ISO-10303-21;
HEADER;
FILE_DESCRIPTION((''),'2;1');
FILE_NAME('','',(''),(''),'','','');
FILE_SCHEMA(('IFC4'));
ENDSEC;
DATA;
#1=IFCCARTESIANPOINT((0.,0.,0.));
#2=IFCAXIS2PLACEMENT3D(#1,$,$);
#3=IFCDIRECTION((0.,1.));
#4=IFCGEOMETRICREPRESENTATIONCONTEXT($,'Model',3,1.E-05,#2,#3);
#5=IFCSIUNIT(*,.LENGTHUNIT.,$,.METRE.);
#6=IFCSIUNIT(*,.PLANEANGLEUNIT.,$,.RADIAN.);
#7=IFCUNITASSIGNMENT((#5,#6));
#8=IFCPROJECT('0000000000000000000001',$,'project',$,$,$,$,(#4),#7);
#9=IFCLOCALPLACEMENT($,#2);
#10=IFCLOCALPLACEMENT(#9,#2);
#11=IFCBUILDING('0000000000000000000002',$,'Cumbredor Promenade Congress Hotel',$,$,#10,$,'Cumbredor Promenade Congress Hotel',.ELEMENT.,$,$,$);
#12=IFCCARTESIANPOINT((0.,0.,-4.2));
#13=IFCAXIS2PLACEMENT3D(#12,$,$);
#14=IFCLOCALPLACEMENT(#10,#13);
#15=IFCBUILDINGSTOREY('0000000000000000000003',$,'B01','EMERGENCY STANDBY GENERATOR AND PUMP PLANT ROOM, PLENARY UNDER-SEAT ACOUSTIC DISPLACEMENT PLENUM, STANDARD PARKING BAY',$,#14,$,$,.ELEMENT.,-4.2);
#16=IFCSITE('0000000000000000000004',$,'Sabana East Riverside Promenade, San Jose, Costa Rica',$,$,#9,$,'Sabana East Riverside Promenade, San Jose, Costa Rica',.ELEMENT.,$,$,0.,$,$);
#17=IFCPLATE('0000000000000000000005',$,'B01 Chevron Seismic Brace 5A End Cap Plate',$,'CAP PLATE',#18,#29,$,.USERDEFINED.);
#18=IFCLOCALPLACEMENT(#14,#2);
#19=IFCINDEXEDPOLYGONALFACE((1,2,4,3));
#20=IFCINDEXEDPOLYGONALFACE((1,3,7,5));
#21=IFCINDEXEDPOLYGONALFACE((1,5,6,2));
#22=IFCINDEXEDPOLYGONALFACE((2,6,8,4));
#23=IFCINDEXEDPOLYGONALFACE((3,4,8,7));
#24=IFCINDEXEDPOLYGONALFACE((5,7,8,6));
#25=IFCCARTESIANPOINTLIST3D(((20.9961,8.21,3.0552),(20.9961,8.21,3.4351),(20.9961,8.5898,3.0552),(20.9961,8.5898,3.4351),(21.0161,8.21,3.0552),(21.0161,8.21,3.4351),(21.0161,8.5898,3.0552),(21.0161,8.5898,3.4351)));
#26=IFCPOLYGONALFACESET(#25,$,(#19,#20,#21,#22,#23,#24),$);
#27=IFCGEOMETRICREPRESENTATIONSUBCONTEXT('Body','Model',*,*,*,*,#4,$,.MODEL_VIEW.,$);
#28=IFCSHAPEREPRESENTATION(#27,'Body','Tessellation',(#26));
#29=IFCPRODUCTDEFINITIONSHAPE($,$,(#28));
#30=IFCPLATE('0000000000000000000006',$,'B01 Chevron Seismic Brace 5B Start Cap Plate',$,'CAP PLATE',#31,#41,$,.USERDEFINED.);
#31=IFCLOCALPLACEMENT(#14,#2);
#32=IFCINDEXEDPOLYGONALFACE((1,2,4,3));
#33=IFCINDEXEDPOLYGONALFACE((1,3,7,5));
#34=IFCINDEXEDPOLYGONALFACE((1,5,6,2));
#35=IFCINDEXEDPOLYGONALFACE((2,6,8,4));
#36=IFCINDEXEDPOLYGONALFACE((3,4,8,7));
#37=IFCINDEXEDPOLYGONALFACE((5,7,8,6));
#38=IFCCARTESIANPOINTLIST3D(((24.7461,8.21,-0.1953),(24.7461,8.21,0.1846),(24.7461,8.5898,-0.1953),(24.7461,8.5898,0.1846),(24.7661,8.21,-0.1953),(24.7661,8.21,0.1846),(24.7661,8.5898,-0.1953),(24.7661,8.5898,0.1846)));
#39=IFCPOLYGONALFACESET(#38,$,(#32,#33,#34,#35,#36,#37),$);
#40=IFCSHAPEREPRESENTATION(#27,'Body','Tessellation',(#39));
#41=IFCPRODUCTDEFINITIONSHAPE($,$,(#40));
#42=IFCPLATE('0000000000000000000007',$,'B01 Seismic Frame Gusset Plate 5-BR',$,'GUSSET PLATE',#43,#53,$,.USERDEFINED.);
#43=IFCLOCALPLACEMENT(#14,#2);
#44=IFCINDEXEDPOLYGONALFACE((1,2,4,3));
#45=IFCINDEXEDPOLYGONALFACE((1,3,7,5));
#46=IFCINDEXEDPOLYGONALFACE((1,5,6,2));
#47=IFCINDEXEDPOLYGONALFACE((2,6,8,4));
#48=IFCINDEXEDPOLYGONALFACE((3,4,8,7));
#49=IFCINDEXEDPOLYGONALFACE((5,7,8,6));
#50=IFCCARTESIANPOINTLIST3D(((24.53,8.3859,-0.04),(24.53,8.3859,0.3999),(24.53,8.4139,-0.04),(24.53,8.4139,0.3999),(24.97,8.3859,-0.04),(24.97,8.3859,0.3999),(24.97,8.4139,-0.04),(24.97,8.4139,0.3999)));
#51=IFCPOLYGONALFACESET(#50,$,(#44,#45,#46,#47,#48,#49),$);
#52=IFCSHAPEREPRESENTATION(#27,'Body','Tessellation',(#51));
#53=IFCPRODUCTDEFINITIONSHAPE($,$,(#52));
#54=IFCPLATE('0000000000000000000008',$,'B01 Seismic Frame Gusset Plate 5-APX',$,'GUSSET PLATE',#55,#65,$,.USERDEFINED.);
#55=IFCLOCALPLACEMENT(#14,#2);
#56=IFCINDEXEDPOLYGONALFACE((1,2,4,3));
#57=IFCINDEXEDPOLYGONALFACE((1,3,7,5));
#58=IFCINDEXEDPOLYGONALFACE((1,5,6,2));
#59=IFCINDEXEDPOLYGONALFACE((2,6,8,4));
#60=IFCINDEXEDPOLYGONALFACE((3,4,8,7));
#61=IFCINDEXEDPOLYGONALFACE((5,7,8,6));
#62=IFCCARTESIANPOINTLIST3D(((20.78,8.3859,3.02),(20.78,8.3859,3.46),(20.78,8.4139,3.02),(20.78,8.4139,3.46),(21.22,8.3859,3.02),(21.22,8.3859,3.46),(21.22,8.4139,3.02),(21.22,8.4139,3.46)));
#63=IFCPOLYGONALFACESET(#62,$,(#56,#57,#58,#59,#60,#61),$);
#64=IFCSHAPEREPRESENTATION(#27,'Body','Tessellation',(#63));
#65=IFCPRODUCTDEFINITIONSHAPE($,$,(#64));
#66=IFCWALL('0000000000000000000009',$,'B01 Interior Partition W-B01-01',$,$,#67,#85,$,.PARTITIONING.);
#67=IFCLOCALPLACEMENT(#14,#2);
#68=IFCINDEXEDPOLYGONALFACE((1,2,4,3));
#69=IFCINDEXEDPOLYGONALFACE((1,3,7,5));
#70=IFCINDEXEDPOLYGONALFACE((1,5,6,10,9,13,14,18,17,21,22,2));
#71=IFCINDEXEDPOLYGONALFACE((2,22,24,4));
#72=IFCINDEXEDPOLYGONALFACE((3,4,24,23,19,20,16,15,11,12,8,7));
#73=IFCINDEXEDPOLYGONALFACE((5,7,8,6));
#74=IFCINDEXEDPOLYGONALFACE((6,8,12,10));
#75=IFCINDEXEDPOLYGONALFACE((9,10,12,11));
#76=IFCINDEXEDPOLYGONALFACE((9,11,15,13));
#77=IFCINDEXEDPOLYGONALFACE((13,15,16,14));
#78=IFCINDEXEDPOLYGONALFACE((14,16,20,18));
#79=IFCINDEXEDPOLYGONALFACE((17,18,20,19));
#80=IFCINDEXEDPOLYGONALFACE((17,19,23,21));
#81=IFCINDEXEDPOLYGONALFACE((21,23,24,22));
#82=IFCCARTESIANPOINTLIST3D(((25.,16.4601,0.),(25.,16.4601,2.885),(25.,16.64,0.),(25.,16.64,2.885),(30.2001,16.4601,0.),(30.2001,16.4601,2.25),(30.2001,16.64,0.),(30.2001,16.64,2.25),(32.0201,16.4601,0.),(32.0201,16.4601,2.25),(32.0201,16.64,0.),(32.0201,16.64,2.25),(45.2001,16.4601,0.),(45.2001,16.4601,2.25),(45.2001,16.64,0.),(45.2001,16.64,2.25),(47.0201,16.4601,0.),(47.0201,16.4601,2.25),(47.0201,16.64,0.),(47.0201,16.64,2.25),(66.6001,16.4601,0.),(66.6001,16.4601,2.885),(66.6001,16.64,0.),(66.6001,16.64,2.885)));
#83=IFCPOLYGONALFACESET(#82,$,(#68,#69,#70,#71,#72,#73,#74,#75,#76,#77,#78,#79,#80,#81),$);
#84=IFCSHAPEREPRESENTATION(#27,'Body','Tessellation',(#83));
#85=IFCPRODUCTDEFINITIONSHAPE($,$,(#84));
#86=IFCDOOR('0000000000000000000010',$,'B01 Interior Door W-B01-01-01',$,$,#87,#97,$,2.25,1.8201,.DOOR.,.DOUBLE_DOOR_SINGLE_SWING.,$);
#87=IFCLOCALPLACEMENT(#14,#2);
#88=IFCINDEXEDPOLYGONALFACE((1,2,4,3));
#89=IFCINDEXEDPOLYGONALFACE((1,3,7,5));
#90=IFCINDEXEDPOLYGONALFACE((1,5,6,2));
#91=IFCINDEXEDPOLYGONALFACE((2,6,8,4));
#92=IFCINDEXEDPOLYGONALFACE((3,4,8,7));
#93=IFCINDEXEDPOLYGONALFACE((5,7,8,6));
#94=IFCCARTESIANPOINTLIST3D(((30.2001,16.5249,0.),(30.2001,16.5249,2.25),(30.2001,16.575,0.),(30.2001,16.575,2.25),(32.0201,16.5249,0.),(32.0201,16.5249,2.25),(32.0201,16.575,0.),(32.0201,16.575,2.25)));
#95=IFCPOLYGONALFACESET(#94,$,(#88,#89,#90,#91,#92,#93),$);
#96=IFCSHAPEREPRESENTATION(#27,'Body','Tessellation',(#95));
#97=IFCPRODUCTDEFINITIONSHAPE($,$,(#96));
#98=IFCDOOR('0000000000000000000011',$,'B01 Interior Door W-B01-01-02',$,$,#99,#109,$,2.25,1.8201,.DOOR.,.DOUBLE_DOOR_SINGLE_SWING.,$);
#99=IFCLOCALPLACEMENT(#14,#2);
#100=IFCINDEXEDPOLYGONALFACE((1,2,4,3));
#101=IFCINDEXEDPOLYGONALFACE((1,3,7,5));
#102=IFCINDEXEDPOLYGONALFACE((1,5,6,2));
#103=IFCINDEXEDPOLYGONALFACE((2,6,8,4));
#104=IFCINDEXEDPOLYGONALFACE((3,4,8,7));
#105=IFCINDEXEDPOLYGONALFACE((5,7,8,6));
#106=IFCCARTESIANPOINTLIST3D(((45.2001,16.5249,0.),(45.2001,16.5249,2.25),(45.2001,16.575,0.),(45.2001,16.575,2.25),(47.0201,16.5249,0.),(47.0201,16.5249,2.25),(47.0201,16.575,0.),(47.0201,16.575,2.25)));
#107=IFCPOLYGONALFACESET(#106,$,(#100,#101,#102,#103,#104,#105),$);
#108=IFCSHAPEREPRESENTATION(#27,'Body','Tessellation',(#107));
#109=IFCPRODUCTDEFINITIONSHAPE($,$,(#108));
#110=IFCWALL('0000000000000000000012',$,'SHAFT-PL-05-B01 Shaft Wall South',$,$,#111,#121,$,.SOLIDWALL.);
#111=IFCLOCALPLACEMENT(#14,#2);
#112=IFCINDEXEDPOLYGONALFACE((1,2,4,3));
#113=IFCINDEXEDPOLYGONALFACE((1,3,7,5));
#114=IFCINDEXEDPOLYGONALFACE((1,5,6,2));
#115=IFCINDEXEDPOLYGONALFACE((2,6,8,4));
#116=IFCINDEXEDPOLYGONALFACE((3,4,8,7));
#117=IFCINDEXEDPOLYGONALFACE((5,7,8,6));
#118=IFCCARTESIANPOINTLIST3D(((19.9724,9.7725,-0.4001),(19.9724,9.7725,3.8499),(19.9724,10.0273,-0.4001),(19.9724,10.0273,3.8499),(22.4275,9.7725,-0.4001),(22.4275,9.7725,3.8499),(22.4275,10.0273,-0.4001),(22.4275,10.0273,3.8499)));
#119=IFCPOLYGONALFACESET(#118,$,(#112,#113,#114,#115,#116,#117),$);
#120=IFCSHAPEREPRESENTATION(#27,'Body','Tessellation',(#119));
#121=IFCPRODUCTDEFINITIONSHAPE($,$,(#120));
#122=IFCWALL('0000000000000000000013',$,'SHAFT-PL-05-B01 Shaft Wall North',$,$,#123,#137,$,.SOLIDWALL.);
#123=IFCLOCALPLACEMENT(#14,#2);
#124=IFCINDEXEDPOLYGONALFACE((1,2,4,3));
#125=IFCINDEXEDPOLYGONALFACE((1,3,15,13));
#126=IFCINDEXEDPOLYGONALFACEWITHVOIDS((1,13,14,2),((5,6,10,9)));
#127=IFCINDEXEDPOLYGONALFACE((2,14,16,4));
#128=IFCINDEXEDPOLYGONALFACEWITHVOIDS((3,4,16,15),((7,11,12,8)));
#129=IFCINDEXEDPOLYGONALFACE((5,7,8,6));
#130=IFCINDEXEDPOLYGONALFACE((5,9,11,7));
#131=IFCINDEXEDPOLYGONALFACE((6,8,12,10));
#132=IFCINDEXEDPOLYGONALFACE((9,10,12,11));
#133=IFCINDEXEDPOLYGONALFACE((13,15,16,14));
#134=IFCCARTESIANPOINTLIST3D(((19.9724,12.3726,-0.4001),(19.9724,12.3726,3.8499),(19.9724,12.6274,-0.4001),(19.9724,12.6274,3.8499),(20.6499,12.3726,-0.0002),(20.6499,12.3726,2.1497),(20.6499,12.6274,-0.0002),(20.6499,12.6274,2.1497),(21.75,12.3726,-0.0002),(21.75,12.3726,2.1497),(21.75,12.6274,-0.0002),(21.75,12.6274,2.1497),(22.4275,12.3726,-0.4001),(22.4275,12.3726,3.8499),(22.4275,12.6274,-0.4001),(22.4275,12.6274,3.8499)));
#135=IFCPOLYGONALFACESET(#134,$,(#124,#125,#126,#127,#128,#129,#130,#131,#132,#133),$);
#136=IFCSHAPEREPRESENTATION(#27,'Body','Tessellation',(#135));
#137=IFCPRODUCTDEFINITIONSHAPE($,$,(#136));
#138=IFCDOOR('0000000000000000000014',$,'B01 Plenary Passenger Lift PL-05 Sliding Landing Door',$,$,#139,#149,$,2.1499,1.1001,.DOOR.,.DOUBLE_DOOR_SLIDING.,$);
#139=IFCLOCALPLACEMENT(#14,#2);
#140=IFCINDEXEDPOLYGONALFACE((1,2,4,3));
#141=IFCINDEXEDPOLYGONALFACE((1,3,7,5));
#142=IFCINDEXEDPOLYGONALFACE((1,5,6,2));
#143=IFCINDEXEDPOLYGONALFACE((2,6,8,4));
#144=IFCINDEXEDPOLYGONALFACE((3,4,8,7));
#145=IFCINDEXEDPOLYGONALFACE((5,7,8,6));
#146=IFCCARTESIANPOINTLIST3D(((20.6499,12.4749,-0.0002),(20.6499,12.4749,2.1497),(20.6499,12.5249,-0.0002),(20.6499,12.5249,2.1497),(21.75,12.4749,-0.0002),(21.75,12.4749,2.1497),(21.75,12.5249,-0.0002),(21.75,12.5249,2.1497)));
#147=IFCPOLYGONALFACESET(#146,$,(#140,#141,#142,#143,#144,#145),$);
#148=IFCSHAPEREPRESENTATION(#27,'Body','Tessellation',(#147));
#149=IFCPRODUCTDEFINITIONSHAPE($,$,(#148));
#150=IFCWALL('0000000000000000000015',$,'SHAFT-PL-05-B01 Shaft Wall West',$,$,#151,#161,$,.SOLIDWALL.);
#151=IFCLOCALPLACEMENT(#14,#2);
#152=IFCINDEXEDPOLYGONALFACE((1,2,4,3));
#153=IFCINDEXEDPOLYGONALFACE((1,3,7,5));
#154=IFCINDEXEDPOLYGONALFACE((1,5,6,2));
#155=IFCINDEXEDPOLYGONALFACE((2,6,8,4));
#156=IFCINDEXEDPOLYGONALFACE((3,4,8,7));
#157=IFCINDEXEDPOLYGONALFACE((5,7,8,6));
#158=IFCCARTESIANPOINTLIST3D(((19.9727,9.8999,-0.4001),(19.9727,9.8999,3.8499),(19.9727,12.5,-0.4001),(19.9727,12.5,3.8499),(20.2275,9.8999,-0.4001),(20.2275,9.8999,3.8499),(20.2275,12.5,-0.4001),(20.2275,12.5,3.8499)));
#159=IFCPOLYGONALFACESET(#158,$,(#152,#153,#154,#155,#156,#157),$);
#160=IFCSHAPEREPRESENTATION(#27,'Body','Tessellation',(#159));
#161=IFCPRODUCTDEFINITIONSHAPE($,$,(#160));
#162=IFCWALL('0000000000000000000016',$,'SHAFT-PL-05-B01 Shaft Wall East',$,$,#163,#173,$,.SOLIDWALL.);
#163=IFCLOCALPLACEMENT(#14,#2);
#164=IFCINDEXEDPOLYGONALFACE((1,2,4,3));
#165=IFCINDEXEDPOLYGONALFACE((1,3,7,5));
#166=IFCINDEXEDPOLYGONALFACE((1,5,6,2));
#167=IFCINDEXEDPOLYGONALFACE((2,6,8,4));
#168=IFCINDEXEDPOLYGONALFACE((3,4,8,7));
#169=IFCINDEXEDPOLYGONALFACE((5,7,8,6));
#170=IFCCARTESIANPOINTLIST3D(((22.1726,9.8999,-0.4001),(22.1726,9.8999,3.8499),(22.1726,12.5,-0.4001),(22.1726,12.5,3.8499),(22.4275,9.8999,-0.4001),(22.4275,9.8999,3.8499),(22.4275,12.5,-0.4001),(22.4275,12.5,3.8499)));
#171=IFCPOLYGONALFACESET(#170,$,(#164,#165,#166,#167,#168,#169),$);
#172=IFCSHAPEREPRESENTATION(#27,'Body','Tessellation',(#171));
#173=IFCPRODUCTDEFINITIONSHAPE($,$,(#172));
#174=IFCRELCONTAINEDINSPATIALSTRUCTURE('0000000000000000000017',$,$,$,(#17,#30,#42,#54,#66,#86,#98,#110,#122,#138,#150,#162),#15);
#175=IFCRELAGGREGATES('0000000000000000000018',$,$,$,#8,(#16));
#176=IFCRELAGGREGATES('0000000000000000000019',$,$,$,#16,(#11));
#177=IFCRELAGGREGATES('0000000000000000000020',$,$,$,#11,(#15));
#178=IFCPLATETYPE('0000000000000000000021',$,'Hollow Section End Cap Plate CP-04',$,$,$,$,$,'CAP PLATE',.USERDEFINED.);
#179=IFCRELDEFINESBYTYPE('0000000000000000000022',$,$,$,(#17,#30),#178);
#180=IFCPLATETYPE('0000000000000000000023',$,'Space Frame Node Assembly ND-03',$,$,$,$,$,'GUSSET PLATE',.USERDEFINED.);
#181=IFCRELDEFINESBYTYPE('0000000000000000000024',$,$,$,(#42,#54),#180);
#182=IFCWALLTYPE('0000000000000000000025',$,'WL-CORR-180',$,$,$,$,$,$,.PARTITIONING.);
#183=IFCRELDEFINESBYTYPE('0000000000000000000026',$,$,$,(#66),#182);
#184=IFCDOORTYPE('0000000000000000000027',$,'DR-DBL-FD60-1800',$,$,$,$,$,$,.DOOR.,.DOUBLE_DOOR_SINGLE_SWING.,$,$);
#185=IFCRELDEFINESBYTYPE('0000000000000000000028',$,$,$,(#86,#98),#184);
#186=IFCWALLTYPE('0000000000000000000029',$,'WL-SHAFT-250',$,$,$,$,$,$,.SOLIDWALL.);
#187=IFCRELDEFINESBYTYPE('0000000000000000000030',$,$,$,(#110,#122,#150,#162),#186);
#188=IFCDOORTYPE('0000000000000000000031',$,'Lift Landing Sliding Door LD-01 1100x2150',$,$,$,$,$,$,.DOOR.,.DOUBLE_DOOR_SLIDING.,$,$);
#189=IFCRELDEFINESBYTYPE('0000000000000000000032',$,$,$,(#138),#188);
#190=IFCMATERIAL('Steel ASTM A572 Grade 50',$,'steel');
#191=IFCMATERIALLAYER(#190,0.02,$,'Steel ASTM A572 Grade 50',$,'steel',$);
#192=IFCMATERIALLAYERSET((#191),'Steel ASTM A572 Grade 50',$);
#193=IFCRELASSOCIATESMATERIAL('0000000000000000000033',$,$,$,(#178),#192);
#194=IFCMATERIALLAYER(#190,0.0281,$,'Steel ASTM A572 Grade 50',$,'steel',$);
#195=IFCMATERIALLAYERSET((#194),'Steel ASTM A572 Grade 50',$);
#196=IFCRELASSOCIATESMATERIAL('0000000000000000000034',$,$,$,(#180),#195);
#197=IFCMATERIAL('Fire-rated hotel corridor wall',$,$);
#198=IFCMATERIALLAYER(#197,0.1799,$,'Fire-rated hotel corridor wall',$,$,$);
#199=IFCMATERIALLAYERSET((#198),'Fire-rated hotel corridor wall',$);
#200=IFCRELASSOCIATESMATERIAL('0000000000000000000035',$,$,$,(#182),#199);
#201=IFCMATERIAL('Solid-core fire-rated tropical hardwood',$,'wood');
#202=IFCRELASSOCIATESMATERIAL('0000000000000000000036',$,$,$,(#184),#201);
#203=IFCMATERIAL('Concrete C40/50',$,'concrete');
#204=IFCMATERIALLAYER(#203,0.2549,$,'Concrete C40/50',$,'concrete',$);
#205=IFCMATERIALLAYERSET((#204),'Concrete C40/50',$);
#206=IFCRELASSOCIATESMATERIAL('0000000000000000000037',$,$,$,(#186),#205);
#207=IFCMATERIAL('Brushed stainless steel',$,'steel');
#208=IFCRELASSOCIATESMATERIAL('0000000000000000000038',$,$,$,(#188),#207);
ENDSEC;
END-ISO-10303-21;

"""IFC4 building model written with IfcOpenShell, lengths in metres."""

from ifc_helpers import new_model, si_unit, direction, frame, frame_2d, origin, origin_2d, place, context, subcontext, project, spatial, rectangle, extrude, material, layer, layer_set, type_object, element, fill, save


model = new_model("IFC4")

# Units and contexts
model_context = context("Model", 3, precision=1e-05, world=origin(), true_north=direction((0.0, 1.0)))
body_context = subcontext(model_context, "Body", "Model", "MODEL_VIEW")
ifc_project = project(units=[si_unit("LENGTHUNIT", "METRE"), si_unit("PLANEANGLEUNIT", "RADIAN")], contexts=[model_context])

# Site, building, storey
site_placement = place(None, origin())
site = spatial("IfcSite", under=ifc_project, at=site_placement, Name="Sabana East Riverside Promenade, San Jose, Costa Rica", LongName="Sabana East Riverside Promenade, San Jose, Costa Rica", CompositionType="ELEMENT", RefElevation=0.0)
building_placement = place(site_placement, origin())
building = spatial("IfcBuilding", under=site, at=building_placement, Name="Cumbredor Promenade Congress Hotel", LongName="Cumbredor Promenade Congress Hotel", CompositionType="ELEMENT")
storey_placement = place(building_placement, frame((0.0, 0.0, -4.2)))
storey = spatial("IfcBuildingStorey", under=building, at=storey_placement, Name="B01", Description="EMERGENCY STANDBY GENERATOR AND PUMP PLANT ROOM, PLENARY UNDER-SEAT ACOUSTIC DISPLACEMENT PLENUM, STANDARD PARKING BAY", CompositionType="ELEMENT", Elevation=-4.2)

# Shared definitions
ifc_material_1 = material(Name="Concrete C40/50", Category="concrete")

# Plates
ifc_material_2 = material(Name="Steel ASTM A572 Grade 50", Category="steel")
ifc_layer_1 = layer(ifc_material_2, 0.02, Name="Steel ASTM A572 Grade 50", Category="steel")
ifc_layer_set_1 = layer_set([ifc_layer_1], Name="Steel ASTM A572 Grade 50")
plate_type_1 = type_object("IfcPlateType", Name="Hollow Section End Cap Plate CP-04", ElementType="CAP PLATE", PredefinedType="USERDEFINED", material=ifc_layer_set_1)
for number, where, z_axis, x_axis, name in (
    (1, (21.0061, 8.3999, 3.0552), (0.0, 0.0, 1.0), (1.0, 0.0, 0.0), "B01 Chevron Seismic Brace 5A End Cap Plate"),
    (2, (24.7561, 8.3999, -0.1953), (0.0, 0.0, 1.0), (-1.0, 0.0, 0.0), "B01 Chevron Seismic Brace 5B Start Cap Plate"),
):
    element("IfcPlate", number, at=place(storey_placement, frame(where, z_axis=z_axis, x_axis=x_axis)), inside=storey, type_object=plate_type_1, Name=name, ObjectType="CAP PLATE", PredefinedType="USERDEFINED", context=body_context, shape_type="SweptSolid", body=[
        extrude(rectangle(XDim=0.02, YDim=0.3799, at=origin_2d()), origin(), (0.0, 0.0, 1.0), 0.3799),
    ])
ifc_layer_2 = layer(ifc_material_2, 0.0281, Name="Steel ASTM A572 Grade 50", Category="steel")
ifc_layer_set_2 = layer_set([ifc_layer_2], Name="Steel ASTM A572 Grade 50")
plate_type_2 = type_object("IfcPlateType", Name="Space Frame Node Assembly ND-03", ElementType="GUSSET PLATE", PredefinedType="USERDEFINED", material=ifc_layer_set_2)
for number, where, z_axis, x_axis, name in (
    (3, (24.75, 8.3999, -0.04), (0.0, 0.0, 1.0), (1.0, 0.0, 0.0), "B01 Seismic Frame Gusset Plate 5-BR"),
    (4, (21.0, 8.3999, 3.02), (0.0, 0.0, 1.0), (1.0, 0.0, 0.0), "B01 Seismic Frame Gusset Plate 5-APX"),
):
    element("IfcPlate", number, at=place(storey_placement, frame(where, z_axis=z_axis, x_axis=x_axis)), inside=storey, type_object=plate_type_2, Name=name, ObjectType="GUSSET PLATE", PredefinedType="USERDEFINED", context=body_context, shape_type="SweptSolid", body=[
        extrude(rectangle(XDim=0.4399, YDim=0.0281, at=origin_2d()), origin(), (0.0, 0.0, 1.0), 0.4399),
    ])

# Wall, openings, doors
ifc_material_3 = material(Name="Fire-rated hotel corridor wall")
ifc_layer_3 = layer(ifc_material_3, 0.1799, Name="Fire-rated hotel corridor wall")
ifc_layer_set_3 = layer_set([ifc_layer_3], Name="Fire-rated hotel corridor wall")
wall_type_1 = type_object("IfcWallType", Name="WL-CORR-180", PredefinedType="PARTITIONING", material=ifc_layer_set_3)
wall_1_placement = place(storey_placement, frame((25.0, 16.55, 0.0), z_axis=(0.0, 0.0, 1.0), x_axis=(1.0, 0.0, 0.0)))
wall_1 = element("IfcWall", 5, at=wall_1_placement, inside=storey, type_object=wall_type_1, Name="B01 Interior Partition W-B01-01", PredefinedType="PARTITIONING", context=body_context, shape_type="SweptSolid", body=[
    extrude(rectangle(XDim=41.6001, YDim=0.1799, at=frame_2d((20.8, 0.0))), origin(), (0.0, 0.0, 1.0), 2.885),
])
opening_1_placement = place(wall_1_placement, frame((5.2, 0.0, 0.0)))
opening_1 = element("IfcOpeningElement", 6, at=opening_1_placement, cuts=wall_1, PredefinedType="OPENING", context=body_context, shape_type="SweptSolid", body=[
    extrude(rectangle(XDim=1.8201, YDim=2.25, at=frame_2d((0.9102, 1.125))), frame((0.0, 0.1001, 0.0), z_axis=(0.0, -1.0, 0.0), x_axis=(1.0, 0.0, 0.0)), (0.0, 0.0, 1.0), 0.2),
])
opening_2_placement = place(wall_1_placement, frame((20.2, 0.0, 0.0)))
opening_2 = element("IfcOpeningElement", 7, at=opening_2_placement, cuts=wall_1, PredefinedType="OPENING", context=body_context, shape_type="SweptSolid", body=[
    extrude(rectangle(XDim=1.8201, YDim=2.25, at=frame_2d((0.9102, 1.125))), frame((0.0, 0.1001, 0.0), z_axis=(0.0, -1.0, 0.0), x_axis=(1.0, 0.0, 0.0)), (0.0, 0.0, 1.0), 0.2),
])
ifc_material_4 = material(Name="Solid-core fire-rated tropical hardwood", Category="wood")
door_type_1 = type_object("IfcDoorType", Name="DR-DBL-FD60-1800", OperationType="DOUBLE_DOOR_SINGLE_SWING", PredefinedType="DOOR", material=ifc_material_4)
door_1_placement = place(opening_1_placement, origin())
door_1 = element("IfcDoor", 8, at=door_1_placement, inside=storey, type_object=door_type_1, Name="B01 Interior Door W-B01-01-01", OperationType="DOUBLE_DOOR_SINGLE_SWING", OverallHeight=2.25, OverallWidth=1.8201, PredefinedType="DOOR", context=body_context, shape_type="SweptSolid", body=[
    extrude(rectangle(XDim=1.8201, YDim=2.25, at=frame_2d((0.9102, 1.125))), frame((0.0, 0.0249, 0.0), z_axis=(0.0, -1.0, 0.0), x_axis=(1.0, 0.0, 0.0)), (0.0, 0.0, 1.0), 0.05),
])
fill(opening_1, door_1)
door_2_placement = place(opening_2_placement, origin())
door_2 = element("IfcDoor", 9, at=door_2_placement, inside=storey, type_object=door_type_1, Name="B01 Interior Door W-B01-01-02", OperationType="DOUBLE_DOOR_SINGLE_SWING", OverallHeight=2.25, OverallWidth=1.8201, PredefinedType="DOOR", context=body_context, shape_type="SweptSolid", body=[
    extrude(rectangle(XDim=1.8201, YDim=2.25, at=frame_2d((0.9102, 1.125))), frame((0.0, 0.0249, 0.0), z_axis=(0.0, -1.0, 0.0), x_axis=(1.0, 0.0, 0.0)), (0.0, 0.0, 1.0), 0.05),
])
fill(opening_2, door_2)

# Wall
ifc_layer_4 = layer(ifc_material_1, 0.2549, Name="Concrete C40/50", Category="concrete")
ifc_layer_set_4 = layer_set([ifc_layer_4], Name="Concrete C40/50")
wall_type_2 = type_object("IfcWallType", Name="WL-SHAFT-250", PredefinedType="SOLIDWALL", material=ifc_layer_set_4)
wall_2_placement = place(storey_placement, frame((19.9724, 9.8999, -0.4001), z_axis=(0.0, 0.0, 1.0), x_axis=(1.0, 0.0, 0.0)))
element("IfcWall", 10, at=wall_2_placement, inside=storey, type_object=wall_type_2, Name="SHAFT-PL-05-B01 Shaft Wall South", PredefinedType="SOLIDWALL", context=body_context, shape_type="SweptSolid", body=[
    extrude(rectangle(XDim=2.4551, YDim=0.2549, at=frame_2d((1.2275, 0.0))), origin(), (0.0, 0.0, 1.0), 4.25),
])

# Wall, opening, door
wall_3_placement = place(storey_placement, frame((19.9724, 12.5, -0.4001), z_axis=(0.0, 0.0, 1.0), x_axis=(1.0, 0.0, 0.0)))
wall_3 = element("IfcWall", 11, at=wall_3_placement, inside=storey, type_object=wall_type_2, Name="SHAFT-PL-05-B01 Shaft Wall North", PredefinedType="SOLIDWALL", context=body_context, shape_type="SweptSolid", body=[
    extrude(rectangle(XDim=2.4551, YDim=0.2549, at=frame_2d((1.2275, 0.0))), origin(), (0.0, 0.0, 1.0), 4.25),
])
opening_3_placement = place(wall_3_placement, frame((0.6775, 0.0, 0.3999)))
opening_3 = element("IfcOpeningElement", 12, at=opening_3_placement, cuts=wall_3, PredefinedType="OPENING", context=body_context, shape_type="SweptSolid", body=[
    extrude(rectangle(XDim=1.1001, YDim=2.1499, at=frame_2d((0.55, 1.075))), frame((0.0, 0.1375, 0.0), z_axis=(0.0, -1.0, 0.0), x_axis=(1.0, 0.0, 0.0)), (0.0, 0.0, 1.0), 0.2749),
])
ifc_material_5 = material(Name="Brushed stainless steel", Category="steel")
door_type_2 = type_object("IfcDoorType", Name="Lift Landing Sliding Door LD-01 1100x2150", OperationType="DOUBLE_DOOR_SLIDING", PredefinedType="DOOR", material=ifc_material_5)
door_3_placement = place(opening_3_placement, origin())
door_3 = element("IfcDoor", 13, at=door_3_placement, inside=storey, type_object=door_type_2, Name="B01 Plenary Passenger Lift PL-05 Sliding Landing Door", OperationType="DOUBLE_DOOR_SLIDING", OverallHeight=2.1499, OverallWidth=1.1001, PredefinedType="DOOR", context=body_context, shape_type="SweptSolid", body=[
    extrude(rectangle(XDim=1.1001, YDim=2.1499, at=frame_2d((0.55, 1.075))), frame((0.0, 0.0249, 0.0), z_axis=(0.0, -1.0, 0.0), x_axis=(1.0, 0.0, 0.0)), (0.0, 0.0, 1.0), 0.05),
])
fill(opening_3, door_3)

# Walls
for number, where, z_axis, x_axis, name in (
    (14, (20.1001, 9.8999, -0.4001), (0.0, 0.0, 1.0), (0.0, 1.0, 0.0), "SHAFT-PL-05-B01 Shaft Wall West"),
    (15, (22.3, 9.8999, -0.4001), (0.0, 0.0, 1.0), (0.0, 1.0, 0.0), "SHAFT-PL-05-B01 Shaft Wall East"),
):
    element("IfcWall", number, at=place(storey_placement, frame(where, z_axis=z_axis, x_axis=x_axis)), inside=storey, type_object=wall_type_2, Name=name, PredefinedType="SOLIDWALL", context=body_context, shape_type="SweptSolid", body=[
        extrude(rectangle(XDim=2.6001, YDim=0.2549, at=frame_2d((1.3, 0.0))), origin(), (0.0, 0.0, 1.0), 4.25),
    ])

save(model, "model.ifc")
